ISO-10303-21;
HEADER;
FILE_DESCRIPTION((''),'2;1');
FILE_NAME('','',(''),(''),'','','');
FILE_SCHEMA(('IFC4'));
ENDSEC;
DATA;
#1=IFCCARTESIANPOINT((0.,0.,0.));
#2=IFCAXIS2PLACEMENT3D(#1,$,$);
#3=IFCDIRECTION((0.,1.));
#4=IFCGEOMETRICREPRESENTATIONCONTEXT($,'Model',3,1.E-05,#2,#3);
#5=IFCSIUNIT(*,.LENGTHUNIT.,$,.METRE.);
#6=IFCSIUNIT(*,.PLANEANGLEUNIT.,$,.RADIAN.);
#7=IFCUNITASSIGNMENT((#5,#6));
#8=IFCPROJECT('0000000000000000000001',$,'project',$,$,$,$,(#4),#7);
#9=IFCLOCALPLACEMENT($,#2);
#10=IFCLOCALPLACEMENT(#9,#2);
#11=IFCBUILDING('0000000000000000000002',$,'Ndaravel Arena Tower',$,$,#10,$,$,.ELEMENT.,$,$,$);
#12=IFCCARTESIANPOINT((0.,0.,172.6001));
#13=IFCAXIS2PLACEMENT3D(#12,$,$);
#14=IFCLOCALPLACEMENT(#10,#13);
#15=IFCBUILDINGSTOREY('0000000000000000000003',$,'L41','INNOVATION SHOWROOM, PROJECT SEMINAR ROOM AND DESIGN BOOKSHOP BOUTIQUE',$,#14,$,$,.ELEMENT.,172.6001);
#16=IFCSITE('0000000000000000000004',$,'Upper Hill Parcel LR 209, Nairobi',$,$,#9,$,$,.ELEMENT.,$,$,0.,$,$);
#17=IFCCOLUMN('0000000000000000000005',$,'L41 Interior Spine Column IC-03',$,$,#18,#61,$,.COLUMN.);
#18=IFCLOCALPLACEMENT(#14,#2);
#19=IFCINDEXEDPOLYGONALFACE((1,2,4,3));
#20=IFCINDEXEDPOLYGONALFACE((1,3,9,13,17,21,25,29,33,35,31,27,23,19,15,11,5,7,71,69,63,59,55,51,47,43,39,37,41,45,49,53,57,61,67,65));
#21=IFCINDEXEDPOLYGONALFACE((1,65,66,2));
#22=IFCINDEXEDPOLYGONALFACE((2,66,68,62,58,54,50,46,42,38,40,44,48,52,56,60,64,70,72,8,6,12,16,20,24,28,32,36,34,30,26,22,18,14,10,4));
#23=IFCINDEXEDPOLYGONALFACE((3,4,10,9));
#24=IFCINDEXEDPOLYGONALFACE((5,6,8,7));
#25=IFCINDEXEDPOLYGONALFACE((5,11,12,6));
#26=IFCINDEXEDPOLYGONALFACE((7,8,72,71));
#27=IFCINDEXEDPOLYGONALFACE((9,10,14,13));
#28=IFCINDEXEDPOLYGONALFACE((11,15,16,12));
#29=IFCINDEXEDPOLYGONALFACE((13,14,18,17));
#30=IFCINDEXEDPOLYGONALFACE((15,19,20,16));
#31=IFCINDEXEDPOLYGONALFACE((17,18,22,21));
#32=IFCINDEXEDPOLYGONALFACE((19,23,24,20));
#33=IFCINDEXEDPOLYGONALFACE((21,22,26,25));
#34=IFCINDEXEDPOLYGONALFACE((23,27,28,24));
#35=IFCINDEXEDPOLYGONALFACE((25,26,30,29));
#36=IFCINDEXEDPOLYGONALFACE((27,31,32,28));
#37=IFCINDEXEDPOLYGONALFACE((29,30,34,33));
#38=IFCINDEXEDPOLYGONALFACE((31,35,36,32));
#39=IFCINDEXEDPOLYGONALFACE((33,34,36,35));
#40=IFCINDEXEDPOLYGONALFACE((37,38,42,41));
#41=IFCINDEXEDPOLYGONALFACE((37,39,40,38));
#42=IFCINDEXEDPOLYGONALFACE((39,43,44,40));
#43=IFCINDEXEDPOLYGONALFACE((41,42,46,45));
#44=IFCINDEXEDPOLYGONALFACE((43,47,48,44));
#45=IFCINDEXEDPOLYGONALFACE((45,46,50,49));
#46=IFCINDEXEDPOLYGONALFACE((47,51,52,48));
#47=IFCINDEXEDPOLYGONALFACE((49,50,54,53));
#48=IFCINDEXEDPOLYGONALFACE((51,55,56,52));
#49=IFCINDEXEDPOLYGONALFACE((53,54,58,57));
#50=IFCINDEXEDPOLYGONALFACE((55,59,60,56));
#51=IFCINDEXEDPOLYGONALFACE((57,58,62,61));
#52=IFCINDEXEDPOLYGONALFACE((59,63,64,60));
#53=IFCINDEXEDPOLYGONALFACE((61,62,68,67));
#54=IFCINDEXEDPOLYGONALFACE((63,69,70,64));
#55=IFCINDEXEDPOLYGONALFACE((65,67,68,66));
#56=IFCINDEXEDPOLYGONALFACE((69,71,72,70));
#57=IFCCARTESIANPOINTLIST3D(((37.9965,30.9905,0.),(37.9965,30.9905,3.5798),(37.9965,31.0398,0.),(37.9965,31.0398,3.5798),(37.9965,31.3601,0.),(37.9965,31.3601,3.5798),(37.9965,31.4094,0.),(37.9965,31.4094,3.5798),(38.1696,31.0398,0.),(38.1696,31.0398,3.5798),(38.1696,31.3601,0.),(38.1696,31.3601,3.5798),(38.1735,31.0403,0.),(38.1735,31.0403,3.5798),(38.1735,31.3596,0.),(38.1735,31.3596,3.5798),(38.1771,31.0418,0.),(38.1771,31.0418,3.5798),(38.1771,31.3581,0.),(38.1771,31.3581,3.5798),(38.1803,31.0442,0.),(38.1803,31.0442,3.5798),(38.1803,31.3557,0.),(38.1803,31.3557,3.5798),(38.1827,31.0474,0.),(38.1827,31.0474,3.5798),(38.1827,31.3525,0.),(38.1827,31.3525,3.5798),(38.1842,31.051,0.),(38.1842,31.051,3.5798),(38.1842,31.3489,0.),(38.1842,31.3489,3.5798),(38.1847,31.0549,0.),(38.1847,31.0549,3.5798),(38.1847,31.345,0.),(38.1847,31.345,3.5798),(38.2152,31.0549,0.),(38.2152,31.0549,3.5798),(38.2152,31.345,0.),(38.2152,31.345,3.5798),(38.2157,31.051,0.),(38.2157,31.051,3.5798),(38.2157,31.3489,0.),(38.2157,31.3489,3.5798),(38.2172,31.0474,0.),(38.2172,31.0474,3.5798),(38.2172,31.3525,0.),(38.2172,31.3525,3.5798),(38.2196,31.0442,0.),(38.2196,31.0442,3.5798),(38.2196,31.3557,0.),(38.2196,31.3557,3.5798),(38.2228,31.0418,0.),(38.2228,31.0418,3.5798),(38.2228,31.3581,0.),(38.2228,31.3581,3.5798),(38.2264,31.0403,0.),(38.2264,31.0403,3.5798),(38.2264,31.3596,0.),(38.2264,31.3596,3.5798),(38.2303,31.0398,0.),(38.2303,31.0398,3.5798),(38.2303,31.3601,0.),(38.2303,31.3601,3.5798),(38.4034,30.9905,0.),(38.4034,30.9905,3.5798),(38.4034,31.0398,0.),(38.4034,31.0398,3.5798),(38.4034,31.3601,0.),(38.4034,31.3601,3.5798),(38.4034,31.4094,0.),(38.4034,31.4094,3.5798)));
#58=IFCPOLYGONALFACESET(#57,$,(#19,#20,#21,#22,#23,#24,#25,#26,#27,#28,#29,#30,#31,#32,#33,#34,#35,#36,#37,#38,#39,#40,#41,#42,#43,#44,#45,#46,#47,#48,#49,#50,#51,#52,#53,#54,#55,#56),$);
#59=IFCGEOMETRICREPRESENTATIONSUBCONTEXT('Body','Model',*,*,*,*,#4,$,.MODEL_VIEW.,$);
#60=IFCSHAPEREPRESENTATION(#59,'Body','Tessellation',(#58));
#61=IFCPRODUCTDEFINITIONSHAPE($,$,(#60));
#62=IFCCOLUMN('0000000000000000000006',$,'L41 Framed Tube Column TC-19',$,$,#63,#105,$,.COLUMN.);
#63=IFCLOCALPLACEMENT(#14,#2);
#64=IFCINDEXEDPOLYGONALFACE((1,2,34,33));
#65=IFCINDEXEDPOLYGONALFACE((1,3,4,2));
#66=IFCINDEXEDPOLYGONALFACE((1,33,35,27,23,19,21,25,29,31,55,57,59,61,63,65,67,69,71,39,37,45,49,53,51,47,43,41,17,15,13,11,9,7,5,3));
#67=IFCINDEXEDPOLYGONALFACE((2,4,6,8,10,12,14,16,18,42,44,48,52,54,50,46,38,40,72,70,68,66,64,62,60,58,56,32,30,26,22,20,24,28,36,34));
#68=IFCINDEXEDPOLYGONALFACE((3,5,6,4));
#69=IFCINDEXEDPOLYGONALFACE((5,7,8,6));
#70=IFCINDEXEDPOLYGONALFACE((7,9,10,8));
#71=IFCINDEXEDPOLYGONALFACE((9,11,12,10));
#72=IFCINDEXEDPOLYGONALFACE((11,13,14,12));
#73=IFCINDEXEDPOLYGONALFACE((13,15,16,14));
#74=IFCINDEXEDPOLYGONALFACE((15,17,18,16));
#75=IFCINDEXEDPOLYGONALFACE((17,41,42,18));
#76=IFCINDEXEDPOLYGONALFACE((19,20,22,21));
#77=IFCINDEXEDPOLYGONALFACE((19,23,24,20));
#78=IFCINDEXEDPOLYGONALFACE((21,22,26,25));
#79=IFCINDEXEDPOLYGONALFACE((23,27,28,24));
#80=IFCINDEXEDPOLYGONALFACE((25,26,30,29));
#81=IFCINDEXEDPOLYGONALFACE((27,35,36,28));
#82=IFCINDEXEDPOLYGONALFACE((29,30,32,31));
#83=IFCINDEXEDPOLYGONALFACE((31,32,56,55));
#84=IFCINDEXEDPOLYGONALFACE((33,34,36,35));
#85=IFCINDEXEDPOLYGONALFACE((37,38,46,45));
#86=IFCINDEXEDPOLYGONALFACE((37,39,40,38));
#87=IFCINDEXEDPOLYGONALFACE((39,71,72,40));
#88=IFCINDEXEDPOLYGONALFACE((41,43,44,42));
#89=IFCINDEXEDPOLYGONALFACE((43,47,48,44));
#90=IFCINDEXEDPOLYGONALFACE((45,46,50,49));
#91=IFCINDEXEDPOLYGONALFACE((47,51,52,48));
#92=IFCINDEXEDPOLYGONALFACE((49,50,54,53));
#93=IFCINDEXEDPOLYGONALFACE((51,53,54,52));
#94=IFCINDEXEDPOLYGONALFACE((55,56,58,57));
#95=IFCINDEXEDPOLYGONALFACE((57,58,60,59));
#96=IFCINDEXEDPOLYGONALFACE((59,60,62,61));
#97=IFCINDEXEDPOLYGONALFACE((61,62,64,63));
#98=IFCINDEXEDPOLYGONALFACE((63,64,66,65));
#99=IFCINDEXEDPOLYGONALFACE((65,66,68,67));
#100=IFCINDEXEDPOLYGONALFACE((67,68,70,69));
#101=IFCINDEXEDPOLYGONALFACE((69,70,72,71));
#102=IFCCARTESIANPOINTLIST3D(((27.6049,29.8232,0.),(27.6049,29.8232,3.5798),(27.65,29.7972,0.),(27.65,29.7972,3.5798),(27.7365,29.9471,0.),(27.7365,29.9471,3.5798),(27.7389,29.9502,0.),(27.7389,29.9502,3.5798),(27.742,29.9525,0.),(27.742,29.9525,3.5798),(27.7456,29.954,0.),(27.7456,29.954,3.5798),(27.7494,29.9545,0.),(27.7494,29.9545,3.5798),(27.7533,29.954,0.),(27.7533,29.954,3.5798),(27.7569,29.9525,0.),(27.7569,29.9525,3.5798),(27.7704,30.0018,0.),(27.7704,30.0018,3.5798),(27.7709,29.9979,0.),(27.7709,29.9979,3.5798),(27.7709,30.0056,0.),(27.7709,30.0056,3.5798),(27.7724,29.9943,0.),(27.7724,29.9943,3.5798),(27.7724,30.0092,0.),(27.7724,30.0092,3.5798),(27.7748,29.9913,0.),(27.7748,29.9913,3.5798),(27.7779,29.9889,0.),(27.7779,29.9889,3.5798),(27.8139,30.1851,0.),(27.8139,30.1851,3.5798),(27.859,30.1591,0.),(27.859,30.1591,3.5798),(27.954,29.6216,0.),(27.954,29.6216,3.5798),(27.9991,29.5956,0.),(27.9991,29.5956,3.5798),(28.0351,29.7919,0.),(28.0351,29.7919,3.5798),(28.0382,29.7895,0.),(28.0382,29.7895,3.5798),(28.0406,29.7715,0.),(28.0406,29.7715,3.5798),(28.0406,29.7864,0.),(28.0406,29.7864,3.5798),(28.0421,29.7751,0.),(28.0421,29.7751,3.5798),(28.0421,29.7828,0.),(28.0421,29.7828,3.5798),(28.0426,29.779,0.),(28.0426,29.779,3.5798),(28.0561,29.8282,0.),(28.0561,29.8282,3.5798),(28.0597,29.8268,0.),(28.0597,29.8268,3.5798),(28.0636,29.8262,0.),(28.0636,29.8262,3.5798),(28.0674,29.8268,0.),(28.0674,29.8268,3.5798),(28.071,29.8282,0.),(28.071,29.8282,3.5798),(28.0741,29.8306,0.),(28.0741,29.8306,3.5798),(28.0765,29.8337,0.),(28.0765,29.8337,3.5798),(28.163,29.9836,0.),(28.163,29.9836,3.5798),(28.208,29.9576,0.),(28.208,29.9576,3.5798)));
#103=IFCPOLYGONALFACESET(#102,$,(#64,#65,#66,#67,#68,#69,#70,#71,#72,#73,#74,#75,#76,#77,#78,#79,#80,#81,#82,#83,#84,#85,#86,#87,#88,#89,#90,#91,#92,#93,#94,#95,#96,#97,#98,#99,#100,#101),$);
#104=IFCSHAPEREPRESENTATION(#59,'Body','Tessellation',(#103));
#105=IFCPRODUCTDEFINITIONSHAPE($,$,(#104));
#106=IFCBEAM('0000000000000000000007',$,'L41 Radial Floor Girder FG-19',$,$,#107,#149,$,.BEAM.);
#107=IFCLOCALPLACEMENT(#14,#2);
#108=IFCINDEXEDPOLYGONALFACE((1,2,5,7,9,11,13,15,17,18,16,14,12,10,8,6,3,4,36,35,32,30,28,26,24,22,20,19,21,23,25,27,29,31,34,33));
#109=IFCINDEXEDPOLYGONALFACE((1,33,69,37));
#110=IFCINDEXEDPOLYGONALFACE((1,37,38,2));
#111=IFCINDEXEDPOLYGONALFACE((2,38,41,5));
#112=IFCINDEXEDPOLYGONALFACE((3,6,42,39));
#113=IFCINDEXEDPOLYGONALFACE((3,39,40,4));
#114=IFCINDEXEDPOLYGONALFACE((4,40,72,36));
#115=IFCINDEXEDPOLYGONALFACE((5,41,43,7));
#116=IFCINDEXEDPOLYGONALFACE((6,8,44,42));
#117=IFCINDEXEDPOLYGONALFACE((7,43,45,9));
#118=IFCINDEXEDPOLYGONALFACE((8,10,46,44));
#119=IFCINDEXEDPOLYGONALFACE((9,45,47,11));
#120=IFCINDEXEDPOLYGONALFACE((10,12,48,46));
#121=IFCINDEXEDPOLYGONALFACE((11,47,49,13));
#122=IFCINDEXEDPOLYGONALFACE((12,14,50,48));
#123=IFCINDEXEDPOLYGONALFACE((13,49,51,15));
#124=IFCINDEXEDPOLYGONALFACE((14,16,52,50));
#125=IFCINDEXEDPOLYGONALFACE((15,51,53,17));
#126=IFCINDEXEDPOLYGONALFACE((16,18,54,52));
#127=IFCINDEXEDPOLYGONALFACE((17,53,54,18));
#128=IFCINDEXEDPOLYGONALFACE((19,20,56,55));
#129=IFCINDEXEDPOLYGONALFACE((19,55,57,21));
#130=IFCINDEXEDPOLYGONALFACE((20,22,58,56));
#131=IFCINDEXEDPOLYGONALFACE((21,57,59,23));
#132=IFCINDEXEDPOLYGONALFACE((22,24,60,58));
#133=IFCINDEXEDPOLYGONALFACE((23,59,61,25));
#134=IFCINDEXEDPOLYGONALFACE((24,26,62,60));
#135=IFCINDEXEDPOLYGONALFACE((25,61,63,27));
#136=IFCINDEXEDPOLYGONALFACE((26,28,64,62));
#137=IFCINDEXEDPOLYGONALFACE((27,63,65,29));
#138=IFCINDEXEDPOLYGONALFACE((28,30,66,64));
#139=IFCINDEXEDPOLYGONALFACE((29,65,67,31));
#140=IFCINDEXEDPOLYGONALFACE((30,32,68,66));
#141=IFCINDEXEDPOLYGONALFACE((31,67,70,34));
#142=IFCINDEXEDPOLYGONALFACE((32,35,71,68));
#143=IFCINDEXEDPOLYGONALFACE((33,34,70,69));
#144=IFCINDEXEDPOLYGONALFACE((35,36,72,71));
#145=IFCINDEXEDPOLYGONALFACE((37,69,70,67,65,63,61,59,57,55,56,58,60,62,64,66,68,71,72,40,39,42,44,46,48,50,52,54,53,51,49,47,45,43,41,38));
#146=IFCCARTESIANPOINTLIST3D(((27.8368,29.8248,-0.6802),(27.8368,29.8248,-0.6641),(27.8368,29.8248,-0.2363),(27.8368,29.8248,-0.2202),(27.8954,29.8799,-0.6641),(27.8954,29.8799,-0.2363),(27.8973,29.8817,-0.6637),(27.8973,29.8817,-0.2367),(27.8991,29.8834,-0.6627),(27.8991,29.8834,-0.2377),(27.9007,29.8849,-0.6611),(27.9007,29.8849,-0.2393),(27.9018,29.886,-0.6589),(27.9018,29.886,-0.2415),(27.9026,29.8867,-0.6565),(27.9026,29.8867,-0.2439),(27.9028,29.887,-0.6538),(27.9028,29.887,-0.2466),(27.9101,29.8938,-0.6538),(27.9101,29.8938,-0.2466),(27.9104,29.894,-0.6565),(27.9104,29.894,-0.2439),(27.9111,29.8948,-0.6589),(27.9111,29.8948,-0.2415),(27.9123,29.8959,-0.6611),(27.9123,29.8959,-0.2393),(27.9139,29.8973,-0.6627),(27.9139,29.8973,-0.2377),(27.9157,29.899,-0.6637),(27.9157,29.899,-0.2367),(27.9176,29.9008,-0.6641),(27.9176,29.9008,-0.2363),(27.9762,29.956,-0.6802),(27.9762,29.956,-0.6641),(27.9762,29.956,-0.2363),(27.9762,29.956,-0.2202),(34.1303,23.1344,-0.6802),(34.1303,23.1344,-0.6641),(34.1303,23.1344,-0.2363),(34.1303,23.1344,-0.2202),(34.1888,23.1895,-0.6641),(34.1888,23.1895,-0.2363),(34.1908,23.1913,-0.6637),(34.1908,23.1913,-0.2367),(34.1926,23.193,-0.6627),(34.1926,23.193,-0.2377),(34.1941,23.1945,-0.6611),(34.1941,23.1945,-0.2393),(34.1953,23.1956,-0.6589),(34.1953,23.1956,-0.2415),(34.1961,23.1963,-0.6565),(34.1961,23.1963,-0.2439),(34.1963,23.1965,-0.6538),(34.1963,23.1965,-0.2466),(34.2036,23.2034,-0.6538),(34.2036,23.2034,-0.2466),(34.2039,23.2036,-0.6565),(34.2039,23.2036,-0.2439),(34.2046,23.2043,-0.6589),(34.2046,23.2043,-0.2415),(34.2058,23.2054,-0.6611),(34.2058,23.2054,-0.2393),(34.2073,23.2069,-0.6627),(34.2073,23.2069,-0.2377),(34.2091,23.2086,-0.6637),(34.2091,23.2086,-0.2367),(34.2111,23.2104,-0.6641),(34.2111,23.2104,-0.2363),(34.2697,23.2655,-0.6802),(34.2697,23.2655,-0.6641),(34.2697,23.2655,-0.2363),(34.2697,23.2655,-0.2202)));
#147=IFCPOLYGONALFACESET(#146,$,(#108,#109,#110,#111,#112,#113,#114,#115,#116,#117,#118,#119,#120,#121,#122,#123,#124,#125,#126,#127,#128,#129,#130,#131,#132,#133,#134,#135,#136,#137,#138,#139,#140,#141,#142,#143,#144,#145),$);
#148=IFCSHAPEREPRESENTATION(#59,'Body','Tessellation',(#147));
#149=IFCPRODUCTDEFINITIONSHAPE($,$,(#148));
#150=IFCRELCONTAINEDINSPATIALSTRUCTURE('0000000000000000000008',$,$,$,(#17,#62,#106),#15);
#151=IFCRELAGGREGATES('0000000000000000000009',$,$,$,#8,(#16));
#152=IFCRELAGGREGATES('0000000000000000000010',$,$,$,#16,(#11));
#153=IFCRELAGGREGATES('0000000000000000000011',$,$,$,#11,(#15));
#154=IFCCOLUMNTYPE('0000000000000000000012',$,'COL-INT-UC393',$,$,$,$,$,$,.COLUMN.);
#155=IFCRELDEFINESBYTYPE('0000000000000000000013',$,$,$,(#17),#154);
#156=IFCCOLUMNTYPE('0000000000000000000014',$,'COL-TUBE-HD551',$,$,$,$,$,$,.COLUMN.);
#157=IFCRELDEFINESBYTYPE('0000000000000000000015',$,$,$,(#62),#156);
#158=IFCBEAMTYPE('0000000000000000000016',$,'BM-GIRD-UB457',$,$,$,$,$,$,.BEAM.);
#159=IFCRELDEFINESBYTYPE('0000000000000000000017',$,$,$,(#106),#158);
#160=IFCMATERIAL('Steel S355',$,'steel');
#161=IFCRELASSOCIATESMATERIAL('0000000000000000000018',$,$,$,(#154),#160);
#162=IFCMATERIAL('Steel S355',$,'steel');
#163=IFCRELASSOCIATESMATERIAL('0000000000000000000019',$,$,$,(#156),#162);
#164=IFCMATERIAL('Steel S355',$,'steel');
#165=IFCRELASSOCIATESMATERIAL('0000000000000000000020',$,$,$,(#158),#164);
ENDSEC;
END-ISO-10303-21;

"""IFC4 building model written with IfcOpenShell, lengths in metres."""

from ifc_helpers import new_model, si_unit, direction, frame, origin, origin_2d, place, context, subcontext, project, spatial, i_section, extrude, material, material_profile, profile_set, type_object, element, save


model = new_model("IFC4")

# Units and contexts
model_context = context("Model", 3, precision=1e-05, world=origin(), true_north=direction((0.0, 1.0)))
body_context = subcontext(model_context, "Body", "Model", "MODEL_VIEW")
ifc_project = project(units=[si_unit("LENGTHUNIT", "METRE"), si_unit("PLANEANGLEUNIT", "RADIAN")], contexts=[model_context])

# Site, building, storey
site_placement = place(None, origin())
site = spatial("IfcSite", under=ifc_project, at=site_placement, Name="Upper Hill Parcel LR 209, Nairobi", CompositionType="ELEMENT", RefElevation=0.0)
building_placement = place(site_placement, origin())
building = spatial("IfcBuilding", under=site, at=building_placement, Name="Ndaravel Arena Tower", CompositionType="ELEMENT")
storey_placement = place(building_placement, frame((0.0, 0.0, 172.6001)))
storey = spatial("IfcBuildingStorey", under=building, at=storey_placement, Name="L41", Description="INNOVATION SHOWROOM, PROJECT SEMINAR ROOM AND DESIGN BOOKSHOP BOUTIQUE", CompositionType="ELEMENT", Elevation=172.6001)

# Columns
ifc_material_1 = material(Name="Steel S355", Category="steel")
ifc_material_profile_1 = material_profile(ifc_material_1, i_section(OverallWidth=0.407, OverallDepth=0.4189, WebThickness=0.0305, FlangeThickness=0.0493, FilletRadius=0.0151, at=origin_2d()), Name="UC 356x406x393")
ifc_profile_set_1 = profile_set([ifc_material_profile_1], Name="Steel S355")
column_type_1 = type_object("IfcColumnType", Name="COL-INT-UC393", PredefinedType="COLUMN", material=ifc_profile_set_1)
column_1_placement = place(storey_placement, frame((38.2, 31.2, 0.0), z_axis=(0.0, 0.0, 1.0), x_axis=(1.0, 0.0, 0.0)))
element("IfcColumn", 1, at=column_1_placement, inside=storey, type_object=column_type_1, Name="L41 Interior Spine Column IC-03", PredefinedType="COLUMN", context=body_context, shape_type="SweptSolid", body=[
    extrude(i_section(OverallWidth=0.407, OverallDepth=0.4189, WebThickness=0.0305, FlangeThickness=0.0493, FilletRadius=0.0151, at=origin_2d()), origin(), (0.0, 0.0, 1.0), 3.5798),
])
ifc_material_2 = material(Name="Steel S355", Category="steel")
ifc_material_profile_2 = material_profile(ifc_material_2, i_section(OverallWidth=0.418, OverallDepth=0.4551, WebThickness=0.042, FlangeThickness=0.052, FilletRadius=0.0149, at=origin_2d()), Name="HD 400x551")
ifc_profile_set_2 = profile_set([ifc_material_profile_2], Name="Steel S355")
column_type_2 = type_object("IfcColumnType", Name="COL-TUBE-HD551", PredefinedType="COLUMN", material=ifc_profile_set_2)
column_2_placement = place(storey_placement, frame((27.9065, 29.8904, 0.0), z_axis=(0.0, 0.0, 1.0), x_axis=(0.5, 0.866025, 0.0)))
element("IfcColumn", 2, at=column_2_placement, inside=storey, type_object=column_type_2, Name="L41 Framed Tube Column TC-19", PredefinedType="COLUMN", context=body_context, shape_type="SweptSolid", body=[
    extrude(i_section(OverallWidth=0.418, OverallDepth=0.4551, WebThickness=0.042, FlangeThickness=0.052, FilletRadius=0.0149, at=origin_2d()), origin(), (0.0, 0.0, 1.0), 3.5798),
])

# Beam
ifc_material_3 = material(Name="Steel S355", Category="steel")
ifc_material_profile_3 = material_profile(ifc_material_3, i_section(OverallWidth=0.1914, OverallDepth=0.46, WebThickness=0.01, FlangeThickness=0.0161, FilletRadius=0.0103, at=origin_2d()), Name="UB 457x191x82")
ifc_profile_set_3 = profile_set([ifc_material_profile_3], Name="Steel S355")
beam_type_1 = type_object("IfcBeamType", Name="BM-GIRD-UB457", PredefinedType="BEAM", material=ifc_profile_set_3)
beam_1_placement = place(storey_placement, frame((27.9065, 29.8904, -0.4502), z_axis=(0.685167, -0.728386, 0.0), x_axis=(0.728386, 0.685167, 0.0)))
element("IfcBeam", 3, at=beam_1_placement, inside=storey, type_object=beam_type_1, Name="L41 Radial Floor Girder FG-19", PredefinedType="BEAM", context=body_context, shape_type="SweptSolid", body=[
    extrude(i_section(OverallWidth=0.1914, OverallDepth=0.46, WebThickness=0.01, FlangeThickness=0.0161, FilletRadius=0.0103, at=origin_2d()), origin(), (0.0, 0.0, 1.0), 9.1853),
])

save(model, "model.ifc")
